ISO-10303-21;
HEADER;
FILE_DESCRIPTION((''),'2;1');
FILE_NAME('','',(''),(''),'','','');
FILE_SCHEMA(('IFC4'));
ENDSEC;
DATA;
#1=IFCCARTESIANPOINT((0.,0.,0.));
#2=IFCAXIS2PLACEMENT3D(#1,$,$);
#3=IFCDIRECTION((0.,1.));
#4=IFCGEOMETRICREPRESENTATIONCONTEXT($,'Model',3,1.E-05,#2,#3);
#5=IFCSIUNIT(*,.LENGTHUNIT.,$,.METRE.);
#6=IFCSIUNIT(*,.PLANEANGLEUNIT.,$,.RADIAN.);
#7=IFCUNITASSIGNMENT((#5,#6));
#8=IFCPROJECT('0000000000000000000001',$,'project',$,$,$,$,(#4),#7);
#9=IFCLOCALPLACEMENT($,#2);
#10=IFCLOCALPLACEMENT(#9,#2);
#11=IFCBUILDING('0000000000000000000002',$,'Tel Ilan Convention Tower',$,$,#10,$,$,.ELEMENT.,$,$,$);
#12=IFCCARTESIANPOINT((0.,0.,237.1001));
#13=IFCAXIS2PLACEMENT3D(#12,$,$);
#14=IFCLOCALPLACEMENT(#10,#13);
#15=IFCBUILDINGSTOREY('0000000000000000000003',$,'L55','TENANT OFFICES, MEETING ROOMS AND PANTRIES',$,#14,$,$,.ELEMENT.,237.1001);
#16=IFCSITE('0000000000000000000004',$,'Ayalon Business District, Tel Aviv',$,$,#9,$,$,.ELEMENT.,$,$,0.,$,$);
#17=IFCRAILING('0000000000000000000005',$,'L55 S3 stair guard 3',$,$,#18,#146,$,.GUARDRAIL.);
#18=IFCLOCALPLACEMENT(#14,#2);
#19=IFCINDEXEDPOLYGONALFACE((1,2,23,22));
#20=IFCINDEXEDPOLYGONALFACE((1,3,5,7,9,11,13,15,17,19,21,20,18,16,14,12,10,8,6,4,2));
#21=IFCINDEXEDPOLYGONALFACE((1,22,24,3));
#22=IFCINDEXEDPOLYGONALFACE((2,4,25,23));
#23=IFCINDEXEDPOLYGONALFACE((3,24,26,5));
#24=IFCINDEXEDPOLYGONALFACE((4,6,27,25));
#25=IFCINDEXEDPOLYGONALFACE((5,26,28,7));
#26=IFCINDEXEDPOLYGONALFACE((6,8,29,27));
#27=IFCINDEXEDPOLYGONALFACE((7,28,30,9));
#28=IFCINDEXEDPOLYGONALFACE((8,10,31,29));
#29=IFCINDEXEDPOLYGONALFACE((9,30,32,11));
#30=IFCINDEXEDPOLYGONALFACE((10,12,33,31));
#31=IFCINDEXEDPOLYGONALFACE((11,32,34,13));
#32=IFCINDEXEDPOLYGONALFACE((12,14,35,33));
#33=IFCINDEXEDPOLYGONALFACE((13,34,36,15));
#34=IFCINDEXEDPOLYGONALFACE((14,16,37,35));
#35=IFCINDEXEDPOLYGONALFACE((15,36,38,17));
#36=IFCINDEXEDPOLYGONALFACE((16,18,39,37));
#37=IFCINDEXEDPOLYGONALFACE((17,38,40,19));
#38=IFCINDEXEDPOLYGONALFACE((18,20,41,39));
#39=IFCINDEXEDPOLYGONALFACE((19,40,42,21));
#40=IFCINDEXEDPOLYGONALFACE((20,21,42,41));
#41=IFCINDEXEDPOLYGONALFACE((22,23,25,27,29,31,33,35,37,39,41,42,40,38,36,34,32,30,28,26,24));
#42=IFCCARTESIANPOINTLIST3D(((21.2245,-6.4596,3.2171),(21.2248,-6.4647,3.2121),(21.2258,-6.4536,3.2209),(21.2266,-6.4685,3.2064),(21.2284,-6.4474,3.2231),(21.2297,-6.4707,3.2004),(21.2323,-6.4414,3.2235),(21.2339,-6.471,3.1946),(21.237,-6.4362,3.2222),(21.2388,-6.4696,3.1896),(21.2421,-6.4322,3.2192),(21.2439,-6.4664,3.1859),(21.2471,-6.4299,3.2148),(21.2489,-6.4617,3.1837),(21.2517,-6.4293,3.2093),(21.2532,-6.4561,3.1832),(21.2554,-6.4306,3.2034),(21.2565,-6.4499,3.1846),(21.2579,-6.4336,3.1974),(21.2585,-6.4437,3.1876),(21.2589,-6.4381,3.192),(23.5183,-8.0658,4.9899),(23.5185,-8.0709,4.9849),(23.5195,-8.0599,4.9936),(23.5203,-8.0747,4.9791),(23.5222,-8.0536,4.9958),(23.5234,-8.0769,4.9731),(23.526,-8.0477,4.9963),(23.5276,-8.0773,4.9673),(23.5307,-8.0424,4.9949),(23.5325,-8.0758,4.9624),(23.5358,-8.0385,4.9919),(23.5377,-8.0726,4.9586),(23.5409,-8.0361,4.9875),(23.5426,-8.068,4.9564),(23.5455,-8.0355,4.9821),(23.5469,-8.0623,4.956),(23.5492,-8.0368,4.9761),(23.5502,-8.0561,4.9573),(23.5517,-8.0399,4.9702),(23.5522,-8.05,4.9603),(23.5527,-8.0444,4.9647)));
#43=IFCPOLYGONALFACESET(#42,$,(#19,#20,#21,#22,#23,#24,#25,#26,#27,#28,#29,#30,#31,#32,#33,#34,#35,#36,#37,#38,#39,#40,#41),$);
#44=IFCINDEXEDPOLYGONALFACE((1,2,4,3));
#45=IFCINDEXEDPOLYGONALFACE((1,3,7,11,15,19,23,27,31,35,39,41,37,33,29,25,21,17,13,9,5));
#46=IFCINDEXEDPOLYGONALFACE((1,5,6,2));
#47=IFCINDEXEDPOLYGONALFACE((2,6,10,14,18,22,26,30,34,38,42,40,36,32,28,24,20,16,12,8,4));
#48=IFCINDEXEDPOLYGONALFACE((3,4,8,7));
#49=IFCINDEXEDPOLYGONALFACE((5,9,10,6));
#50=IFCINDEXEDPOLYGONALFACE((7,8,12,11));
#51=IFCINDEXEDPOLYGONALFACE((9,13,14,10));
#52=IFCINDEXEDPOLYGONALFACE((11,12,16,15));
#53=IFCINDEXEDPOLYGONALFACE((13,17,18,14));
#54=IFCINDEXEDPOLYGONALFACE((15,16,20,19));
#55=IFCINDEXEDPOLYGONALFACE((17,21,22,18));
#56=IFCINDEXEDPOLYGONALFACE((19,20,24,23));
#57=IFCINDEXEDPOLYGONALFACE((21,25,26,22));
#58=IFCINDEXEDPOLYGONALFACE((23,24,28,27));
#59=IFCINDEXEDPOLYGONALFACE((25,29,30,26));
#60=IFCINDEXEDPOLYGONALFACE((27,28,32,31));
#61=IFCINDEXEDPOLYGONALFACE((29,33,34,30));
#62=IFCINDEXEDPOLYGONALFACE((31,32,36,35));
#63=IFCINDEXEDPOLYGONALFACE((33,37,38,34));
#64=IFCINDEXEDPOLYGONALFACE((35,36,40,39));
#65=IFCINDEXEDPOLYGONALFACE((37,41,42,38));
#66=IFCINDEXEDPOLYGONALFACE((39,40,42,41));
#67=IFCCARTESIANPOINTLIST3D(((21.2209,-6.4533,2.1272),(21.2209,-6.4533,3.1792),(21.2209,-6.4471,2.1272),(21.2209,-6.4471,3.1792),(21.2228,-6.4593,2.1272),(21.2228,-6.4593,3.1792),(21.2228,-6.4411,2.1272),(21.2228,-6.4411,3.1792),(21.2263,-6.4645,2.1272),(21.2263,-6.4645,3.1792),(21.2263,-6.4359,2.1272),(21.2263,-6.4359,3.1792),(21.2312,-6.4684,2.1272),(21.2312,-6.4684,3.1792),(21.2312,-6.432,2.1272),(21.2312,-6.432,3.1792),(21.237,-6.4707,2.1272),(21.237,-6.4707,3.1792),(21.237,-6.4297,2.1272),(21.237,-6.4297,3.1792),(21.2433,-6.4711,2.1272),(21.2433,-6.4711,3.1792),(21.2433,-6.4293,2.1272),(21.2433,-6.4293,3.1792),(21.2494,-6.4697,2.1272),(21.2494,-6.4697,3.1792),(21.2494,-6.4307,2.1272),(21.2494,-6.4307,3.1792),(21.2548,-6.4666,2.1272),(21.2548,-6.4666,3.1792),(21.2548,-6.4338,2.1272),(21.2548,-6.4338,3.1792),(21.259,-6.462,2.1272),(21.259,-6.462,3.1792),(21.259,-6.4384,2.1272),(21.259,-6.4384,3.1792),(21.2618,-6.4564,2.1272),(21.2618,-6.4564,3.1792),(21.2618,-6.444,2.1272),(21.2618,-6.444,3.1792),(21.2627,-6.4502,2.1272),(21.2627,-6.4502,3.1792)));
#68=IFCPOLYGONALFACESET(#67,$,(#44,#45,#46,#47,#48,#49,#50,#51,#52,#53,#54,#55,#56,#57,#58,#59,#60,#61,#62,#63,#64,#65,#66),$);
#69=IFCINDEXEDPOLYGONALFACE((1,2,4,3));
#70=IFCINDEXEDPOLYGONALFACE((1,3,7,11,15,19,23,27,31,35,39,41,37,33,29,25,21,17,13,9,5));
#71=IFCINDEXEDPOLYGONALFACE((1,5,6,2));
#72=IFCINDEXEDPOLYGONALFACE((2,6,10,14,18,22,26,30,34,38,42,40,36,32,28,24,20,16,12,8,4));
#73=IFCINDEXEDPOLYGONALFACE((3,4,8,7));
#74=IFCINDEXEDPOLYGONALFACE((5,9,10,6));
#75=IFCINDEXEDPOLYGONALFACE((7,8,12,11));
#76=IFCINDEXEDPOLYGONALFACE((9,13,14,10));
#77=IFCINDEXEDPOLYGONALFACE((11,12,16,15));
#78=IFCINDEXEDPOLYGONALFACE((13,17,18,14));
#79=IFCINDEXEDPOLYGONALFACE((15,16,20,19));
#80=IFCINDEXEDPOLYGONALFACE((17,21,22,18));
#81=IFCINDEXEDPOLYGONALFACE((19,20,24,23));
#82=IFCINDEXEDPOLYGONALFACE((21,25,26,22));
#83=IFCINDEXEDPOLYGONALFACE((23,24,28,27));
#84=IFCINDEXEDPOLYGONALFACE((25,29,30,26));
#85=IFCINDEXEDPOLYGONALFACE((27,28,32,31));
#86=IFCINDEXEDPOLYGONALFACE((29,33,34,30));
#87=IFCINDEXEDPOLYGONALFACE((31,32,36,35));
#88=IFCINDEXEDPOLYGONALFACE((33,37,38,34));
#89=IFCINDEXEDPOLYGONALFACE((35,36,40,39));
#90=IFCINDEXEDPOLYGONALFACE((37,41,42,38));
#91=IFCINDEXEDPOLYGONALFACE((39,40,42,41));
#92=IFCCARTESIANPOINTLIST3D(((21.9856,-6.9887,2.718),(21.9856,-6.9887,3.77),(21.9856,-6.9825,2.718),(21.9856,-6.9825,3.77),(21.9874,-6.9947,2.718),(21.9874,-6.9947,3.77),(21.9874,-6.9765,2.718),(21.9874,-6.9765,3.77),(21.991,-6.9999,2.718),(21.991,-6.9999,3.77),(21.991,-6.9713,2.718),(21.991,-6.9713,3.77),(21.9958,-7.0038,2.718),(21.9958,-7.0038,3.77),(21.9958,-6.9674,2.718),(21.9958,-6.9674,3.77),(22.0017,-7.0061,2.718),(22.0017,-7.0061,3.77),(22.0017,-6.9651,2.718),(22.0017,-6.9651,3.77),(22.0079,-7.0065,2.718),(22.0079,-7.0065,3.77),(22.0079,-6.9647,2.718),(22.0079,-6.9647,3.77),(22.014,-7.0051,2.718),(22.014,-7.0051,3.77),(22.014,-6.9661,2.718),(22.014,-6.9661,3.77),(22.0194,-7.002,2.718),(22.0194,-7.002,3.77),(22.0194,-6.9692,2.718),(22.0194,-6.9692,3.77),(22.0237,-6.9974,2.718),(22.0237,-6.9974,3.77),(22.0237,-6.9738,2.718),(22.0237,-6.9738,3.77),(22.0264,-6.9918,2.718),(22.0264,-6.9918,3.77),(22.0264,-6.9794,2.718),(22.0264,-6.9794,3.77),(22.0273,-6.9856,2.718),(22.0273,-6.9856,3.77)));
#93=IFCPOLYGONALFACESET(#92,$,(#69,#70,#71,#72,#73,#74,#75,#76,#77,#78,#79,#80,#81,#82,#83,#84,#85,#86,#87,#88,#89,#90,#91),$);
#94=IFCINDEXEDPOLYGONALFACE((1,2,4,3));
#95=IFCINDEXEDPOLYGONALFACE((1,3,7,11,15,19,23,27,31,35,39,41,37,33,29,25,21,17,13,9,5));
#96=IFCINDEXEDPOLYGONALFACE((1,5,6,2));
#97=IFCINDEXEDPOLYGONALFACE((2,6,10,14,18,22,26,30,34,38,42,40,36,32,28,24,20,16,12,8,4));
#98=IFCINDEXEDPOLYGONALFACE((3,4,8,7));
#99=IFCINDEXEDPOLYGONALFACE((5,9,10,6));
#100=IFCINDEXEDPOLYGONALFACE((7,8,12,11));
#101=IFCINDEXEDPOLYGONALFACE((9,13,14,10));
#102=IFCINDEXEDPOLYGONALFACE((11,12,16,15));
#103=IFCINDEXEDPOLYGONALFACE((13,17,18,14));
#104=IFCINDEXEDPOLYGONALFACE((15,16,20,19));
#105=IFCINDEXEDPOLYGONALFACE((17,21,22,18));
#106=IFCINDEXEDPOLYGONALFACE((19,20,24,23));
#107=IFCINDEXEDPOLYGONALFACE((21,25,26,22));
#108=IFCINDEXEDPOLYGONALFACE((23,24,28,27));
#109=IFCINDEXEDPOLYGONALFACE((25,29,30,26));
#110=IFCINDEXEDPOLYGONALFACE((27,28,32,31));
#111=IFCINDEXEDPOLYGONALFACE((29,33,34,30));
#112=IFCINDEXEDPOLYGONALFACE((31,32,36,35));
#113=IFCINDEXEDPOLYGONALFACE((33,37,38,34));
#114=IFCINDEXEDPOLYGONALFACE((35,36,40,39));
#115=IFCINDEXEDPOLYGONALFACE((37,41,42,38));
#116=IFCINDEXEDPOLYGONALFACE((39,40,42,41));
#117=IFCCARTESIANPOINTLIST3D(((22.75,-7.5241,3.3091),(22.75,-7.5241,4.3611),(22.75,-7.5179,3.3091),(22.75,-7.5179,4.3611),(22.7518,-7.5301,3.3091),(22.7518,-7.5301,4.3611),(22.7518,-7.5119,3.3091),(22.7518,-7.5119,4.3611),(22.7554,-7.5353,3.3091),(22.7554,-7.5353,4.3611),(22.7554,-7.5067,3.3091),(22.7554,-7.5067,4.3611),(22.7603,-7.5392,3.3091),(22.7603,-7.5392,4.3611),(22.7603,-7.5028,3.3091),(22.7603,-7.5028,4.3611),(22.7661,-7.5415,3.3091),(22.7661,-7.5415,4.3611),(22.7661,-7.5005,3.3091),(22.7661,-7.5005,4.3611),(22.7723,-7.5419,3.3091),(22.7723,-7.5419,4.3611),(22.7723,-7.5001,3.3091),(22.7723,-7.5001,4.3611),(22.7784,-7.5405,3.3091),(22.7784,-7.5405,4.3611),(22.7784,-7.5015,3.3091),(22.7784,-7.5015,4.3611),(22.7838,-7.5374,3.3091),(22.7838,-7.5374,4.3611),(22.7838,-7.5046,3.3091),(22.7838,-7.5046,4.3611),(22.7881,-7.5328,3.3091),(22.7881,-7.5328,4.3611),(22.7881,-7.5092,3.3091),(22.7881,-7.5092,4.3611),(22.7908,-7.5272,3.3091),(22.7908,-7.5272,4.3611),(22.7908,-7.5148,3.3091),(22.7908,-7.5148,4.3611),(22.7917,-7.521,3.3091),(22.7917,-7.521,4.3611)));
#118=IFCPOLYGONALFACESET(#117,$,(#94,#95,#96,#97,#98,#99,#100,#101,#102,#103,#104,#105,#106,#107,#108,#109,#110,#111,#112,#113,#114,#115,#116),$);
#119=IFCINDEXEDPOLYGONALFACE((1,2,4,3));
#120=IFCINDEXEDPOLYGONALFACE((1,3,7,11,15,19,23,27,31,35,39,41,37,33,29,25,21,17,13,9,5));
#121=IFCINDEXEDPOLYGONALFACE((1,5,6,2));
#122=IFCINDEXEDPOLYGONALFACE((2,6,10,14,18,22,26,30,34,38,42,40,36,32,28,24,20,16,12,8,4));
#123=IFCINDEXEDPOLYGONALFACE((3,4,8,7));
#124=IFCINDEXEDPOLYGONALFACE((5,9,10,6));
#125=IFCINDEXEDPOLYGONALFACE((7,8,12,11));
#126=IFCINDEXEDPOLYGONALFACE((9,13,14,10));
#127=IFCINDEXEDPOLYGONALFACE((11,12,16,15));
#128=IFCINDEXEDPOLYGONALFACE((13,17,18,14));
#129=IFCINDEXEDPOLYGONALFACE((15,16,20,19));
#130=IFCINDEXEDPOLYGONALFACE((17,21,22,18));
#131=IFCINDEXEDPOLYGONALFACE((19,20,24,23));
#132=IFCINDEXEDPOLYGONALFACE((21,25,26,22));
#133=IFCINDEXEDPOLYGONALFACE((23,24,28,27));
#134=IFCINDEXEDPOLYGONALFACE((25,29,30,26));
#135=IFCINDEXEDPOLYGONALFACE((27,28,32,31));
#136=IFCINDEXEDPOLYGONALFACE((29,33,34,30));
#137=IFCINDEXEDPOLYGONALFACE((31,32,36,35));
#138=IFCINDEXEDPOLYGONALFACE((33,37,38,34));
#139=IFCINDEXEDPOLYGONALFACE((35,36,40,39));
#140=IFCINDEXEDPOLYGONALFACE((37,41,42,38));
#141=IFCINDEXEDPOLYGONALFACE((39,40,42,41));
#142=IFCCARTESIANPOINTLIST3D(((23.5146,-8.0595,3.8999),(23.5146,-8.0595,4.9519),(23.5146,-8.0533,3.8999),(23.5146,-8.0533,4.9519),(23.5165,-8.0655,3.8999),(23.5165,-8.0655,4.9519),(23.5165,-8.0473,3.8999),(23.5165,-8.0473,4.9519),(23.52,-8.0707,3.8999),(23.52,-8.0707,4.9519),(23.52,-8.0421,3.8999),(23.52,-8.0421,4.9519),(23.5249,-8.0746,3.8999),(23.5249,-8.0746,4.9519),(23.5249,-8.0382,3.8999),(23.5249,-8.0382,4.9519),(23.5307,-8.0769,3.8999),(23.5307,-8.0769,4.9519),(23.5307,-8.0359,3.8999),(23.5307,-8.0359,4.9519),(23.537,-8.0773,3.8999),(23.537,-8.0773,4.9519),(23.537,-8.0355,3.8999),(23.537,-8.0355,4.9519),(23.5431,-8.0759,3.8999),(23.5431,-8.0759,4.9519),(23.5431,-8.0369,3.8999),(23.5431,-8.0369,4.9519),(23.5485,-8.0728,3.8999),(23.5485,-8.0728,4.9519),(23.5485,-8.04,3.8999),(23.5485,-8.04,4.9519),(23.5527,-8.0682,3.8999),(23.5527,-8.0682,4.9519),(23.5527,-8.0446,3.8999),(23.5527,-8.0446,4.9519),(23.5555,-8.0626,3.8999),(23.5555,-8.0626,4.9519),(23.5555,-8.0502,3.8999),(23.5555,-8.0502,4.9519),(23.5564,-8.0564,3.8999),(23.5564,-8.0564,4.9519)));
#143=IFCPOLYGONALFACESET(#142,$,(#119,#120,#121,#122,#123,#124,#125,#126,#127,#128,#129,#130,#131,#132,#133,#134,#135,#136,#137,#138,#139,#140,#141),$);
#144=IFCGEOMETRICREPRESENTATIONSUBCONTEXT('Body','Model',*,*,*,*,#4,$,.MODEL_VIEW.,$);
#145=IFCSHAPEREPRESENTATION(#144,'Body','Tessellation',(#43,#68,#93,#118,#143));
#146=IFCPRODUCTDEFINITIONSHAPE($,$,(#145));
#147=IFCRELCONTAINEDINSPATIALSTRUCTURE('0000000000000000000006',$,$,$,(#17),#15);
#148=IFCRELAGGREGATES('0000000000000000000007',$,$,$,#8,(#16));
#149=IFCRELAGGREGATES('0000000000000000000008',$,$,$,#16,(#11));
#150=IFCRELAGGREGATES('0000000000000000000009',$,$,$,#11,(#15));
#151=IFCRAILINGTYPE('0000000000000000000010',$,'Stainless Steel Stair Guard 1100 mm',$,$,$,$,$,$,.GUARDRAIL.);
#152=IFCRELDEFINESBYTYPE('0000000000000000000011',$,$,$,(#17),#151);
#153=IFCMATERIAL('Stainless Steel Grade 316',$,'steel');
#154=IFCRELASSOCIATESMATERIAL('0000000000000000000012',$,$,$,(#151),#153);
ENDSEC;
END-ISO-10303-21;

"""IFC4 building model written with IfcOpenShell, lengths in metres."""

from ifc_helpers import new_model, si_unit, direction, frame, origin, origin_2d, place, context, subcontext, project, spatial, circle, extrude, material, type_object, element, save


model = new_model("IFC4")

# Units and contexts
model_context = context("Model", 3, precision=1e-05, world=origin(), true_north=direction((0.0, 1.0)))
body_context = subcontext(model_context, "Body", "Model", "MODEL_VIEW")
ifc_project = project(units=[si_unit("LENGTHUNIT", "METRE"), si_unit("PLANEANGLEUNIT", "RADIAN")], contexts=[model_context])

# Site, building, storey
site_placement = place(None, origin())
site = spatial("IfcSite", under=ifc_project, at=site_placement, Name="Ayalon Business District, Tel Aviv", CompositionType="ELEMENT", RefElevation=0.0)
building_placement = place(site_placement, origin())
building = spatial("IfcBuilding", under=site, at=building_placement, Name="Tel Ilan Convention Tower", CompositionType="ELEMENT")
storey_placement = place(building_placement, frame((0.0, 0.0, 237.1001)))
storey = spatial("IfcBuildingStorey", under=building, at=storey_placement, Name="L55", Description="TENANT OFFICES, MEETING ROOMS AND PANTRIES", CompositionType="ELEMENT", Elevation=237.1001)

# Railing
ifc_material_1 = material(Name="Stainless Steel Grade 316", Category="steel")
railing_type_1 = type_object("IfcRailingType", Name="Stainless Steel Stair Guard 1100 mm", PredefinedType="GUARDRAIL", material=ifc_material_1)
railing_1_placement = place(storey_placement, frame((21.2417, -6.4502, 2.1272)))
element("IfcRailing", 1, at=railing_1_placement, inside=storey, type_object=railing_type_1, Name="L55 S3 stair guard 3", PredefinedType="GUARDRAIL", context=body_context, shape_type="SweptSolid", body=[
    extrude(circle(Radius=0.0239, at=origin_2d()), frame((0.0, 0.0, 1.0762), z_axis=(0.692098, -0.484653, 0.534894), x_axis=(0.573609, 0.81913, 0.0)), (0.0, 0.0, 1.0), 3.3142),
    extrude(circle(Radius=0.021, at=origin_2d()), origin(), (0.0, 0.0, 1.0), 1.052),
    extrude(circle(Radius=0.021, at=origin_2d()), frame((0.7646, -0.5354, 0.5908)), (0.0, 0.0, 1.0), 1.052),
    extrude(circle(Radius=0.021, at=origin_2d()), frame((1.5291, -1.0708, 1.1819)), (0.0, 0.0, 1.0), 1.052),
    extrude(circle(Radius=0.021, at=origin_2d()), frame((2.2937, -1.6062, 1.7727)), (0.0, 0.0, 1.0), 1.052),
])

save(model, "model.ifc")
